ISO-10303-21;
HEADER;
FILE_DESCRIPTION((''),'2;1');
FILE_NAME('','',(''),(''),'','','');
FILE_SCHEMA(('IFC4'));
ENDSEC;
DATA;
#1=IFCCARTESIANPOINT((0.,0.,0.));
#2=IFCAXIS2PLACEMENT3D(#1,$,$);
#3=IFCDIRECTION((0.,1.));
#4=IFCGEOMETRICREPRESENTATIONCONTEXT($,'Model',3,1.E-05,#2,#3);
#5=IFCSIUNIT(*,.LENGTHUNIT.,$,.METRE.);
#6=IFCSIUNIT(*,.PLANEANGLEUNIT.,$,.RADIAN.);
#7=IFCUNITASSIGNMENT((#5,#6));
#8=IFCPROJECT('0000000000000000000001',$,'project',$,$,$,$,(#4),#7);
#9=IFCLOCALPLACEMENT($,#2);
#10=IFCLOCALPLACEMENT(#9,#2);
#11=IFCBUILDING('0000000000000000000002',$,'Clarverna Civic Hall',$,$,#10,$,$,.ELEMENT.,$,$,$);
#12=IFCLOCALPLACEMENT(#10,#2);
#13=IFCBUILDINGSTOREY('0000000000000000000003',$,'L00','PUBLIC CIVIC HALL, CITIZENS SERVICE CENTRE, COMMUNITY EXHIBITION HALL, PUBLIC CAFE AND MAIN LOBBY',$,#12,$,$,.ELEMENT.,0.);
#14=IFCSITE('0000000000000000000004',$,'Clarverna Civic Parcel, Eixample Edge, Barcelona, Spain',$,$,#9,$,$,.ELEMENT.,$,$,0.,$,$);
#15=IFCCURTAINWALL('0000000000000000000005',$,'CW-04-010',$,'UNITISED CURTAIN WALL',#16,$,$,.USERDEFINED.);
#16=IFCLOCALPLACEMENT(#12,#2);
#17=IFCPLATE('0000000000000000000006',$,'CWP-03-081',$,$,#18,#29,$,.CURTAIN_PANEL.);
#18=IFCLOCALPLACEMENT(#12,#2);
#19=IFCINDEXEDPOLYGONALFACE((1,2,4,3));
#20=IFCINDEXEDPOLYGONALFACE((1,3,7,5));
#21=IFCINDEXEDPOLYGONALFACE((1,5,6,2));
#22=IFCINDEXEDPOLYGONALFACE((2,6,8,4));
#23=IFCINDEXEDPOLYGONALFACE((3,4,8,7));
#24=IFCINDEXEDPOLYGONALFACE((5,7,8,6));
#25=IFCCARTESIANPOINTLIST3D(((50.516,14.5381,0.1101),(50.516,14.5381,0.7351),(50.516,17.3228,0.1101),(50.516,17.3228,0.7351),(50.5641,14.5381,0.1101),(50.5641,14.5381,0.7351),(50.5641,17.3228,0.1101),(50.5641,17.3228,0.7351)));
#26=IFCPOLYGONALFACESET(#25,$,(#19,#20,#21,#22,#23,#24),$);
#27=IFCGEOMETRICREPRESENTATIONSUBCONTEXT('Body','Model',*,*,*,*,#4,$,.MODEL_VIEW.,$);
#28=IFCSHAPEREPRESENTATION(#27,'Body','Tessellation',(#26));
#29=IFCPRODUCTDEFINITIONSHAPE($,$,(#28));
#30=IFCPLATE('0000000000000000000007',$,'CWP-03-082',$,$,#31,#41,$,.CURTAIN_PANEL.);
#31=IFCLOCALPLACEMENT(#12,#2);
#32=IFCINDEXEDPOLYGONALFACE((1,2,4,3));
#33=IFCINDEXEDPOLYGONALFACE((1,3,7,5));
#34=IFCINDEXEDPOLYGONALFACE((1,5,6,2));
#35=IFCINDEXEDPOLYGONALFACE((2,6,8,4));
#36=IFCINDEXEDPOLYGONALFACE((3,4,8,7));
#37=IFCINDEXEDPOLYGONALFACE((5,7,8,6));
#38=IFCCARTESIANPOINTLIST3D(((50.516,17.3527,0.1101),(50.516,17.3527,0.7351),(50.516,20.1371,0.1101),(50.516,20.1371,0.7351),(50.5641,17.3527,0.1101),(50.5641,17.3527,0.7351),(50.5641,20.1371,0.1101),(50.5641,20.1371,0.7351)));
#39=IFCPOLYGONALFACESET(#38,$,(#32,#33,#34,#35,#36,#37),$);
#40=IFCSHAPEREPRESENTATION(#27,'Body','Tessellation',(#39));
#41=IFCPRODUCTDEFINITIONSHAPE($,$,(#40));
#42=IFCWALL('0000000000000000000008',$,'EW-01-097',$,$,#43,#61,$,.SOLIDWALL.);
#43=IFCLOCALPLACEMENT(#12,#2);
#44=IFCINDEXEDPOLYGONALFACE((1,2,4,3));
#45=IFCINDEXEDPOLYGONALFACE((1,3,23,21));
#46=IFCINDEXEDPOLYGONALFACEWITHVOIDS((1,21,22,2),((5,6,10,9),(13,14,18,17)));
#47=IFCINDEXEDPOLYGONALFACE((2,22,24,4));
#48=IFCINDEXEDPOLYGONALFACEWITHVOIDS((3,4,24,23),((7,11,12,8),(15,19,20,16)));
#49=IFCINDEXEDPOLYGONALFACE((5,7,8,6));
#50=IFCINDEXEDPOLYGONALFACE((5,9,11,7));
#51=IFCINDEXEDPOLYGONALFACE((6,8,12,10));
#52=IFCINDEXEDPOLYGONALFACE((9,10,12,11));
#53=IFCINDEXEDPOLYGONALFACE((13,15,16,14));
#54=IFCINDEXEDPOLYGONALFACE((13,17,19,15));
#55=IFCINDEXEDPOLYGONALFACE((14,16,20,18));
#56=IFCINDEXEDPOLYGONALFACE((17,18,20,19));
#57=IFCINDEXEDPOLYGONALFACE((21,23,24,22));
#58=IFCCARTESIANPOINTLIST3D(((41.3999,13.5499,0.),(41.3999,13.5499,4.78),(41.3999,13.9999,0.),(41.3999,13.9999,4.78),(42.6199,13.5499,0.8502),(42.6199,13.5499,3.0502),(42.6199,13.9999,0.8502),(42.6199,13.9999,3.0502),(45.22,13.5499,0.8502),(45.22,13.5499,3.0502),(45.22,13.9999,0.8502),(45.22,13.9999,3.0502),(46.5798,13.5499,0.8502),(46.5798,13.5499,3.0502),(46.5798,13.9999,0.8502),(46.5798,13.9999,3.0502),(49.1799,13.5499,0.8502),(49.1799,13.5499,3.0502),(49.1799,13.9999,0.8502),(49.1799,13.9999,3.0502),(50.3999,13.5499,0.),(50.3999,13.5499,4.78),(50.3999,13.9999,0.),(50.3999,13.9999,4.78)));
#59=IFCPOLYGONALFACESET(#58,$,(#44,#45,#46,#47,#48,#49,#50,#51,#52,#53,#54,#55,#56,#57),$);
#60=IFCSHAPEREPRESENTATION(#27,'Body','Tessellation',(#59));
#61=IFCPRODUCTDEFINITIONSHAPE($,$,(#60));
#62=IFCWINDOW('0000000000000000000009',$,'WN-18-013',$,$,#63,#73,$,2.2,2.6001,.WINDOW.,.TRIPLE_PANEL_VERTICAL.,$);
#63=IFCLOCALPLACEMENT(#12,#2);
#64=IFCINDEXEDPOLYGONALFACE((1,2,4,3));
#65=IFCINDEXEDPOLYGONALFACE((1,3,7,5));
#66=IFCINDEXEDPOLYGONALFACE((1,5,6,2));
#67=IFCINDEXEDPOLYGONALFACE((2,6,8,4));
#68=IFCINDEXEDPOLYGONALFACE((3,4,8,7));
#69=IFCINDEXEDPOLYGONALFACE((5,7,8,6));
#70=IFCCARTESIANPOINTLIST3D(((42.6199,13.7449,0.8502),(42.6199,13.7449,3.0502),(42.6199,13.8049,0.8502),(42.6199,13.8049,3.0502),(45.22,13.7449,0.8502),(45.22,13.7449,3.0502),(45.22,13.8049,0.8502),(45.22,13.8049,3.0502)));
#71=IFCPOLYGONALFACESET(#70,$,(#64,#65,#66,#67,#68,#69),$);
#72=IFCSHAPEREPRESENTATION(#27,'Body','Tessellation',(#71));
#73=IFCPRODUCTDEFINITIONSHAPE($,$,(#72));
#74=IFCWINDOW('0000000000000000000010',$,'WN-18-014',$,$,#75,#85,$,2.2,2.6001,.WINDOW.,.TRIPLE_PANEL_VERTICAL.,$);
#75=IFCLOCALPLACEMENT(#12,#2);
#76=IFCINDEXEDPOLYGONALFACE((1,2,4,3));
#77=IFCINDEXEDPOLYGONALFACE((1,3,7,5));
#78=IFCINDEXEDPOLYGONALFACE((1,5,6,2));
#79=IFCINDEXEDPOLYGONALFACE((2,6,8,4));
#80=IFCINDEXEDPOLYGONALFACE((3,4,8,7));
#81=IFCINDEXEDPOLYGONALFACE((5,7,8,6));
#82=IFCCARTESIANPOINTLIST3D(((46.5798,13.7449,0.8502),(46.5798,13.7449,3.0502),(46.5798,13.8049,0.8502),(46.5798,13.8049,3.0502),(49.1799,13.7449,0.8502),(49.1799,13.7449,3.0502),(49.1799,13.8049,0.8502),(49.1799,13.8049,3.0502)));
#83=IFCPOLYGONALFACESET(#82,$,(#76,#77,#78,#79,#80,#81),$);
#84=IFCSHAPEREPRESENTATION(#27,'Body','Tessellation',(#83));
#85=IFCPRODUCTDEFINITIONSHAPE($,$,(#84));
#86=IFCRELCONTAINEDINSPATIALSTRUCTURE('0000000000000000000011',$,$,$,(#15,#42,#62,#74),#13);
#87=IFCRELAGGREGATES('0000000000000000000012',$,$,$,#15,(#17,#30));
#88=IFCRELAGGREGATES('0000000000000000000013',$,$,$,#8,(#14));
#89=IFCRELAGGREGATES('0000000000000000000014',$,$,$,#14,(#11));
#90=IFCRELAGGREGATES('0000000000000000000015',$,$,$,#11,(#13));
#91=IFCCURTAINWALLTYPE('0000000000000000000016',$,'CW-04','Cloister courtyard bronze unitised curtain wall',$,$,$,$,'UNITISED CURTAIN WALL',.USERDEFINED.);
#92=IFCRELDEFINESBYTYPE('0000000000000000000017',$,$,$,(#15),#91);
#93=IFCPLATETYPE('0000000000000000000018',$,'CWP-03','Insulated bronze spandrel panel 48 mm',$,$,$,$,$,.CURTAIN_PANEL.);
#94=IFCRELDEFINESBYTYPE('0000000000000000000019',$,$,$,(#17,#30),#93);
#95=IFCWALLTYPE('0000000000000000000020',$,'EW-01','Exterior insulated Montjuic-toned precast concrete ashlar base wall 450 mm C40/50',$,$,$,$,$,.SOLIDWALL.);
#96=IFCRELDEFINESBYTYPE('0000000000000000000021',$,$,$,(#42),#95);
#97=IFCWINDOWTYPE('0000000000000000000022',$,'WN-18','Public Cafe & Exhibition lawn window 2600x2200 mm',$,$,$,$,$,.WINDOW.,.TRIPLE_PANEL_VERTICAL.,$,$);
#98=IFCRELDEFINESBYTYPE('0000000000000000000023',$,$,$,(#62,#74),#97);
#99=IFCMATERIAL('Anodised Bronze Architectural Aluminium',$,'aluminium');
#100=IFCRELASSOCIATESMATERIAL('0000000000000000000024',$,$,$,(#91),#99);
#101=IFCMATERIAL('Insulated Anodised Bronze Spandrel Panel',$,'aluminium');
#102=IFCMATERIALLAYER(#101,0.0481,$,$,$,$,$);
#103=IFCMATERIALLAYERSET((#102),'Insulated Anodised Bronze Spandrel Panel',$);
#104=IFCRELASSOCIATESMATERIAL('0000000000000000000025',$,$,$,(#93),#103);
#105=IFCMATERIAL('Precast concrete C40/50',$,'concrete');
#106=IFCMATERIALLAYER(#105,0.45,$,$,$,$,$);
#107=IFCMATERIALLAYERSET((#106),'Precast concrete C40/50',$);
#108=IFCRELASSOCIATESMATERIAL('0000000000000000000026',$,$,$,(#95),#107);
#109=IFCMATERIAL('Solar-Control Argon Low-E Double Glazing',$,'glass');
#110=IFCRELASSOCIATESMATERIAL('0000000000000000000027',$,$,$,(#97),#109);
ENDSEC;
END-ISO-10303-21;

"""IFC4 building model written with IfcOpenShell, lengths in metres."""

from ifc_helpers import new_model, si_unit, direction, frame, frame_2d, origin, place, context, subcontext, project, spatial, rectangle, extrude, material, layer, layer_set, type_object, element, fill, aggregate, save


model = new_model("IFC4")

# Units and contexts
model_context = context("Model", 3, precision=1e-05, world=origin(), true_north=direction((0.0, 1.0)))
body_context = subcontext(model_context, "Body", "Model", "MODEL_VIEW")
ifc_project = project(units=[si_unit("LENGTHUNIT", "METRE"), si_unit("PLANEANGLEUNIT", "RADIAN")], contexts=[model_context])

# Site, building, storey
site_placement = place(None, origin())
site = spatial("IfcSite", under=ifc_project, at=site_placement, Name="Clarverna Civic Parcel, Eixample Edge, Barcelona, Spain", CompositionType="ELEMENT", RefElevation=0.0)
building_placement = place(site_placement, origin())
building = spatial("IfcBuilding", under=site, at=building_placement, Name="Clarverna Civic Hall", CompositionType="ELEMENT")
storey_placement = place(building_placement, origin())
storey = spatial("IfcBuildingStorey", under=building, at=storey_placement, Name="L00", Description="PUBLIC CIVIC HALL, CITIZENS SERVICE CENTRE, COMMUNITY EXHIBITION HALL, PUBLIC CAFE AND MAIN LOBBY", CompositionType="ELEMENT", Elevation=0.0)

# Curtain wall, plates
ifc_material_1 = material(Name="Anodised Bronze Architectural Aluminium", Category="aluminium")
curtain_wall_type = type_object("IfcCurtainWallType", Name="CW-04", Description="Cloister courtyard bronze unitised curtain wall", ElementType="UNITISED CURTAIN WALL", PredefinedType="USERDEFINED", material=ifc_material_1)
curtain_wall_placement = place(storey_placement, origin())
curtain_wall = element("IfcCurtainWall", 1, at=curtain_wall_placement, inside=storey, type_object=curtain_wall_type, Name="CW-04-010", ObjectType="UNITISED CURTAIN WALL", PredefinedType="USERDEFINED")
ifc_material_2 = material(Name="Solar-Control Argon Low-E Double Glazing", Category="glass")
ifc_material_3 = material(Name="Insulated Anodised Bronze Spandrel Panel", Category="aluminium")
ifc_layer_1 = layer(ifc_material_3, 0.0481)
ifc_layer_set_1 = layer_set([ifc_layer_1], Name="Insulated Anodised Bronze Spandrel Panel")
plate_type_1 = type_object("IfcPlateType", Name="CWP-03", Description="Insulated bronze spandrel panel 48 mm", PredefinedType="CURTAIN_PANEL", material=ifc_layer_set_1)
plate_1_placement = place(storey_placement, frame((50.54, 14.5381, 0.1101), z_axis=(0.0, 0.0, 1.0), x_axis=(0.0, 1.0, 0.0)))
plate_1 = element("IfcPlate", 2, at=plate_1_placement, type_object=plate_type_1, Name="CWP-03-081", PredefinedType="CURTAIN_PANEL", context=body_context, shape_type="SweptSolid", body=[
    extrude(rectangle(XDim=2.7847, YDim=0.0481, at=frame_2d((1.3923, 0.0))), origin(), (0.0, 0.0, 1.0), 0.625),
])
plate_2_placement = place(storey_placement, frame((50.54, 17.3528, 0.1101), z_axis=(0.0, 0.0, 1.0), x_axis=(0.0, 1.0, 0.0)))
plate_2 = element("IfcPlate", 3, at=plate_2_placement, type_object=plate_type_1, Name="CWP-03-082", PredefinedType="CURTAIN_PANEL", context=body_context, shape_type="SweptSolid", body=[
    extrude(rectangle(XDim=2.7844, YDim=0.0481, at=frame_2d((1.3921, 0.0))), origin(), (0.0, 0.0, 1.0), 0.625),
])
aggregate(curtain_wall, [plate_1, plate_2])

# Wall, openings, windows
ifc_material_4 = material(Name="Precast concrete C40/50", Category="concrete")
ifc_layer_2 = layer(ifc_material_4, 0.45)
ifc_layer_set_2 = layer_set([ifc_layer_2], Name="Precast concrete C40/50")
wall_type = type_object("IfcWallType", Name="EW-01", Description="Exterior insulated Montjuic-toned precast concrete ashlar base wall 450 mm C40/50", PredefinedType="SOLIDWALL", material=ifc_layer_set_2)
wall_placement = place(storey_placement, frame((41.3999, 13.7749, 0.0), z_axis=(0.0, 0.0, 1.0), x_axis=(1.0, 0.0, 0.0)))
wall = element("IfcWall", 4, at=wall_placement, inside=storey, type_object=wall_type, Name="EW-01-097", PredefinedType="SOLIDWALL", context=body_context, shape_type="SweptSolid", body=[
    extrude(rectangle(XDim=9.0, YDim=0.45, at=frame_2d((4.5, 0.0))), origin(), (0.0, 0.0, 1.0), 4.78),
])
opening_1_placement = place(wall_placement, frame((1.22, 0.0, 0.8501)))
opening_1 = element("IfcOpeningElement", 5, at=opening_1_placement, cuts=wall, PredefinedType="OPENING", context=body_context, shape_type="SweptSolid", body=[
    extrude(rectangle(XDim=2.6001, YDim=2.2, at=frame_2d((1.3, 1.1001))), frame((0.0, 0.2349, 0.0), z_axis=(0.0, -1.0, 0.0), x_axis=(1.0, 0.0, 0.0)), (0.0, 0.0, 1.0), 0.47),
])
opening_2_placement = place(wall_placement, frame((5.1799, 0.0, 0.8501)))
opening_2 = element("IfcOpeningElement", 6, at=opening_2_placement, cuts=wall, PredefinedType="OPENING", context=body_context, shape_type="SweptSolid", body=[
    extrude(rectangle(XDim=2.6001, YDim=2.2, at=frame_2d((1.3, 1.1001))), frame((0.0, 0.2349, 0.0), z_axis=(0.0, -1.0, 0.0), x_axis=(1.0, 0.0, 0.0)), (0.0, 0.0, 1.0), 0.47),
])
window_type = type_object("IfcWindowType", Name="WN-18", Description="Public Cafe & Exhibition lawn window 2600x2200 mm", PartitioningType="TRIPLE_PANEL_VERTICAL", PredefinedType="WINDOW", material=ifc_material_2)
window_1_placement = place(opening_1_placement, origin())
window_1 = element("IfcWindow", 7, at=window_1_placement, inside=storey, type_object=window_type, Name="WN-18-013", OverallHeight=2.2, OverallWidth=2.6001, PartitioningType="TRIPLE_PANEL_VERTICAL", PredefinedType="WINDOW", context=body_context, shape_type="SweptSolid", body=[
    extrude(rectangle(XDim=2.6001, YDim=2.2, at=frame_2d((1.3, 1.1001))), frame((0.0, 0.03, 0.0), z_axis=(0.0, -1.0, 0.0), x_axis=(1.0, 0.0, 0.0)), (0.0, 0.0, 1.0), 0.0601),
])
fill(opening_1, window_1)
window_2_placement = place(opening_2_placement, origin())
window_2 = element("IfcWindow", 8, at=window_2_placement, inside=storey, type_object=window_type, Name="WN-18-014", OverallHeight=2.2, OverallWidth=2.6001, PartitioningType="TRIPLE_PANEL_VERTICAL", PredefinedType="WINDOW", context=body_context, shape_type="SweptSolid", body=[
    extrude(rectangle(XDim=2.6001, YDim=2.2, at=frame_2d((1.3, 1.1001))), frame((0.0, 0.03, 0.0), z_axis=(0.0, -1.0, 0.0), x_axis=(1.0, 0.0, 0.0)), (0.0, 0.0, 1.0), 0.0601),
])
fill(opening_2, window_2)

save(model, "model.ifc")
